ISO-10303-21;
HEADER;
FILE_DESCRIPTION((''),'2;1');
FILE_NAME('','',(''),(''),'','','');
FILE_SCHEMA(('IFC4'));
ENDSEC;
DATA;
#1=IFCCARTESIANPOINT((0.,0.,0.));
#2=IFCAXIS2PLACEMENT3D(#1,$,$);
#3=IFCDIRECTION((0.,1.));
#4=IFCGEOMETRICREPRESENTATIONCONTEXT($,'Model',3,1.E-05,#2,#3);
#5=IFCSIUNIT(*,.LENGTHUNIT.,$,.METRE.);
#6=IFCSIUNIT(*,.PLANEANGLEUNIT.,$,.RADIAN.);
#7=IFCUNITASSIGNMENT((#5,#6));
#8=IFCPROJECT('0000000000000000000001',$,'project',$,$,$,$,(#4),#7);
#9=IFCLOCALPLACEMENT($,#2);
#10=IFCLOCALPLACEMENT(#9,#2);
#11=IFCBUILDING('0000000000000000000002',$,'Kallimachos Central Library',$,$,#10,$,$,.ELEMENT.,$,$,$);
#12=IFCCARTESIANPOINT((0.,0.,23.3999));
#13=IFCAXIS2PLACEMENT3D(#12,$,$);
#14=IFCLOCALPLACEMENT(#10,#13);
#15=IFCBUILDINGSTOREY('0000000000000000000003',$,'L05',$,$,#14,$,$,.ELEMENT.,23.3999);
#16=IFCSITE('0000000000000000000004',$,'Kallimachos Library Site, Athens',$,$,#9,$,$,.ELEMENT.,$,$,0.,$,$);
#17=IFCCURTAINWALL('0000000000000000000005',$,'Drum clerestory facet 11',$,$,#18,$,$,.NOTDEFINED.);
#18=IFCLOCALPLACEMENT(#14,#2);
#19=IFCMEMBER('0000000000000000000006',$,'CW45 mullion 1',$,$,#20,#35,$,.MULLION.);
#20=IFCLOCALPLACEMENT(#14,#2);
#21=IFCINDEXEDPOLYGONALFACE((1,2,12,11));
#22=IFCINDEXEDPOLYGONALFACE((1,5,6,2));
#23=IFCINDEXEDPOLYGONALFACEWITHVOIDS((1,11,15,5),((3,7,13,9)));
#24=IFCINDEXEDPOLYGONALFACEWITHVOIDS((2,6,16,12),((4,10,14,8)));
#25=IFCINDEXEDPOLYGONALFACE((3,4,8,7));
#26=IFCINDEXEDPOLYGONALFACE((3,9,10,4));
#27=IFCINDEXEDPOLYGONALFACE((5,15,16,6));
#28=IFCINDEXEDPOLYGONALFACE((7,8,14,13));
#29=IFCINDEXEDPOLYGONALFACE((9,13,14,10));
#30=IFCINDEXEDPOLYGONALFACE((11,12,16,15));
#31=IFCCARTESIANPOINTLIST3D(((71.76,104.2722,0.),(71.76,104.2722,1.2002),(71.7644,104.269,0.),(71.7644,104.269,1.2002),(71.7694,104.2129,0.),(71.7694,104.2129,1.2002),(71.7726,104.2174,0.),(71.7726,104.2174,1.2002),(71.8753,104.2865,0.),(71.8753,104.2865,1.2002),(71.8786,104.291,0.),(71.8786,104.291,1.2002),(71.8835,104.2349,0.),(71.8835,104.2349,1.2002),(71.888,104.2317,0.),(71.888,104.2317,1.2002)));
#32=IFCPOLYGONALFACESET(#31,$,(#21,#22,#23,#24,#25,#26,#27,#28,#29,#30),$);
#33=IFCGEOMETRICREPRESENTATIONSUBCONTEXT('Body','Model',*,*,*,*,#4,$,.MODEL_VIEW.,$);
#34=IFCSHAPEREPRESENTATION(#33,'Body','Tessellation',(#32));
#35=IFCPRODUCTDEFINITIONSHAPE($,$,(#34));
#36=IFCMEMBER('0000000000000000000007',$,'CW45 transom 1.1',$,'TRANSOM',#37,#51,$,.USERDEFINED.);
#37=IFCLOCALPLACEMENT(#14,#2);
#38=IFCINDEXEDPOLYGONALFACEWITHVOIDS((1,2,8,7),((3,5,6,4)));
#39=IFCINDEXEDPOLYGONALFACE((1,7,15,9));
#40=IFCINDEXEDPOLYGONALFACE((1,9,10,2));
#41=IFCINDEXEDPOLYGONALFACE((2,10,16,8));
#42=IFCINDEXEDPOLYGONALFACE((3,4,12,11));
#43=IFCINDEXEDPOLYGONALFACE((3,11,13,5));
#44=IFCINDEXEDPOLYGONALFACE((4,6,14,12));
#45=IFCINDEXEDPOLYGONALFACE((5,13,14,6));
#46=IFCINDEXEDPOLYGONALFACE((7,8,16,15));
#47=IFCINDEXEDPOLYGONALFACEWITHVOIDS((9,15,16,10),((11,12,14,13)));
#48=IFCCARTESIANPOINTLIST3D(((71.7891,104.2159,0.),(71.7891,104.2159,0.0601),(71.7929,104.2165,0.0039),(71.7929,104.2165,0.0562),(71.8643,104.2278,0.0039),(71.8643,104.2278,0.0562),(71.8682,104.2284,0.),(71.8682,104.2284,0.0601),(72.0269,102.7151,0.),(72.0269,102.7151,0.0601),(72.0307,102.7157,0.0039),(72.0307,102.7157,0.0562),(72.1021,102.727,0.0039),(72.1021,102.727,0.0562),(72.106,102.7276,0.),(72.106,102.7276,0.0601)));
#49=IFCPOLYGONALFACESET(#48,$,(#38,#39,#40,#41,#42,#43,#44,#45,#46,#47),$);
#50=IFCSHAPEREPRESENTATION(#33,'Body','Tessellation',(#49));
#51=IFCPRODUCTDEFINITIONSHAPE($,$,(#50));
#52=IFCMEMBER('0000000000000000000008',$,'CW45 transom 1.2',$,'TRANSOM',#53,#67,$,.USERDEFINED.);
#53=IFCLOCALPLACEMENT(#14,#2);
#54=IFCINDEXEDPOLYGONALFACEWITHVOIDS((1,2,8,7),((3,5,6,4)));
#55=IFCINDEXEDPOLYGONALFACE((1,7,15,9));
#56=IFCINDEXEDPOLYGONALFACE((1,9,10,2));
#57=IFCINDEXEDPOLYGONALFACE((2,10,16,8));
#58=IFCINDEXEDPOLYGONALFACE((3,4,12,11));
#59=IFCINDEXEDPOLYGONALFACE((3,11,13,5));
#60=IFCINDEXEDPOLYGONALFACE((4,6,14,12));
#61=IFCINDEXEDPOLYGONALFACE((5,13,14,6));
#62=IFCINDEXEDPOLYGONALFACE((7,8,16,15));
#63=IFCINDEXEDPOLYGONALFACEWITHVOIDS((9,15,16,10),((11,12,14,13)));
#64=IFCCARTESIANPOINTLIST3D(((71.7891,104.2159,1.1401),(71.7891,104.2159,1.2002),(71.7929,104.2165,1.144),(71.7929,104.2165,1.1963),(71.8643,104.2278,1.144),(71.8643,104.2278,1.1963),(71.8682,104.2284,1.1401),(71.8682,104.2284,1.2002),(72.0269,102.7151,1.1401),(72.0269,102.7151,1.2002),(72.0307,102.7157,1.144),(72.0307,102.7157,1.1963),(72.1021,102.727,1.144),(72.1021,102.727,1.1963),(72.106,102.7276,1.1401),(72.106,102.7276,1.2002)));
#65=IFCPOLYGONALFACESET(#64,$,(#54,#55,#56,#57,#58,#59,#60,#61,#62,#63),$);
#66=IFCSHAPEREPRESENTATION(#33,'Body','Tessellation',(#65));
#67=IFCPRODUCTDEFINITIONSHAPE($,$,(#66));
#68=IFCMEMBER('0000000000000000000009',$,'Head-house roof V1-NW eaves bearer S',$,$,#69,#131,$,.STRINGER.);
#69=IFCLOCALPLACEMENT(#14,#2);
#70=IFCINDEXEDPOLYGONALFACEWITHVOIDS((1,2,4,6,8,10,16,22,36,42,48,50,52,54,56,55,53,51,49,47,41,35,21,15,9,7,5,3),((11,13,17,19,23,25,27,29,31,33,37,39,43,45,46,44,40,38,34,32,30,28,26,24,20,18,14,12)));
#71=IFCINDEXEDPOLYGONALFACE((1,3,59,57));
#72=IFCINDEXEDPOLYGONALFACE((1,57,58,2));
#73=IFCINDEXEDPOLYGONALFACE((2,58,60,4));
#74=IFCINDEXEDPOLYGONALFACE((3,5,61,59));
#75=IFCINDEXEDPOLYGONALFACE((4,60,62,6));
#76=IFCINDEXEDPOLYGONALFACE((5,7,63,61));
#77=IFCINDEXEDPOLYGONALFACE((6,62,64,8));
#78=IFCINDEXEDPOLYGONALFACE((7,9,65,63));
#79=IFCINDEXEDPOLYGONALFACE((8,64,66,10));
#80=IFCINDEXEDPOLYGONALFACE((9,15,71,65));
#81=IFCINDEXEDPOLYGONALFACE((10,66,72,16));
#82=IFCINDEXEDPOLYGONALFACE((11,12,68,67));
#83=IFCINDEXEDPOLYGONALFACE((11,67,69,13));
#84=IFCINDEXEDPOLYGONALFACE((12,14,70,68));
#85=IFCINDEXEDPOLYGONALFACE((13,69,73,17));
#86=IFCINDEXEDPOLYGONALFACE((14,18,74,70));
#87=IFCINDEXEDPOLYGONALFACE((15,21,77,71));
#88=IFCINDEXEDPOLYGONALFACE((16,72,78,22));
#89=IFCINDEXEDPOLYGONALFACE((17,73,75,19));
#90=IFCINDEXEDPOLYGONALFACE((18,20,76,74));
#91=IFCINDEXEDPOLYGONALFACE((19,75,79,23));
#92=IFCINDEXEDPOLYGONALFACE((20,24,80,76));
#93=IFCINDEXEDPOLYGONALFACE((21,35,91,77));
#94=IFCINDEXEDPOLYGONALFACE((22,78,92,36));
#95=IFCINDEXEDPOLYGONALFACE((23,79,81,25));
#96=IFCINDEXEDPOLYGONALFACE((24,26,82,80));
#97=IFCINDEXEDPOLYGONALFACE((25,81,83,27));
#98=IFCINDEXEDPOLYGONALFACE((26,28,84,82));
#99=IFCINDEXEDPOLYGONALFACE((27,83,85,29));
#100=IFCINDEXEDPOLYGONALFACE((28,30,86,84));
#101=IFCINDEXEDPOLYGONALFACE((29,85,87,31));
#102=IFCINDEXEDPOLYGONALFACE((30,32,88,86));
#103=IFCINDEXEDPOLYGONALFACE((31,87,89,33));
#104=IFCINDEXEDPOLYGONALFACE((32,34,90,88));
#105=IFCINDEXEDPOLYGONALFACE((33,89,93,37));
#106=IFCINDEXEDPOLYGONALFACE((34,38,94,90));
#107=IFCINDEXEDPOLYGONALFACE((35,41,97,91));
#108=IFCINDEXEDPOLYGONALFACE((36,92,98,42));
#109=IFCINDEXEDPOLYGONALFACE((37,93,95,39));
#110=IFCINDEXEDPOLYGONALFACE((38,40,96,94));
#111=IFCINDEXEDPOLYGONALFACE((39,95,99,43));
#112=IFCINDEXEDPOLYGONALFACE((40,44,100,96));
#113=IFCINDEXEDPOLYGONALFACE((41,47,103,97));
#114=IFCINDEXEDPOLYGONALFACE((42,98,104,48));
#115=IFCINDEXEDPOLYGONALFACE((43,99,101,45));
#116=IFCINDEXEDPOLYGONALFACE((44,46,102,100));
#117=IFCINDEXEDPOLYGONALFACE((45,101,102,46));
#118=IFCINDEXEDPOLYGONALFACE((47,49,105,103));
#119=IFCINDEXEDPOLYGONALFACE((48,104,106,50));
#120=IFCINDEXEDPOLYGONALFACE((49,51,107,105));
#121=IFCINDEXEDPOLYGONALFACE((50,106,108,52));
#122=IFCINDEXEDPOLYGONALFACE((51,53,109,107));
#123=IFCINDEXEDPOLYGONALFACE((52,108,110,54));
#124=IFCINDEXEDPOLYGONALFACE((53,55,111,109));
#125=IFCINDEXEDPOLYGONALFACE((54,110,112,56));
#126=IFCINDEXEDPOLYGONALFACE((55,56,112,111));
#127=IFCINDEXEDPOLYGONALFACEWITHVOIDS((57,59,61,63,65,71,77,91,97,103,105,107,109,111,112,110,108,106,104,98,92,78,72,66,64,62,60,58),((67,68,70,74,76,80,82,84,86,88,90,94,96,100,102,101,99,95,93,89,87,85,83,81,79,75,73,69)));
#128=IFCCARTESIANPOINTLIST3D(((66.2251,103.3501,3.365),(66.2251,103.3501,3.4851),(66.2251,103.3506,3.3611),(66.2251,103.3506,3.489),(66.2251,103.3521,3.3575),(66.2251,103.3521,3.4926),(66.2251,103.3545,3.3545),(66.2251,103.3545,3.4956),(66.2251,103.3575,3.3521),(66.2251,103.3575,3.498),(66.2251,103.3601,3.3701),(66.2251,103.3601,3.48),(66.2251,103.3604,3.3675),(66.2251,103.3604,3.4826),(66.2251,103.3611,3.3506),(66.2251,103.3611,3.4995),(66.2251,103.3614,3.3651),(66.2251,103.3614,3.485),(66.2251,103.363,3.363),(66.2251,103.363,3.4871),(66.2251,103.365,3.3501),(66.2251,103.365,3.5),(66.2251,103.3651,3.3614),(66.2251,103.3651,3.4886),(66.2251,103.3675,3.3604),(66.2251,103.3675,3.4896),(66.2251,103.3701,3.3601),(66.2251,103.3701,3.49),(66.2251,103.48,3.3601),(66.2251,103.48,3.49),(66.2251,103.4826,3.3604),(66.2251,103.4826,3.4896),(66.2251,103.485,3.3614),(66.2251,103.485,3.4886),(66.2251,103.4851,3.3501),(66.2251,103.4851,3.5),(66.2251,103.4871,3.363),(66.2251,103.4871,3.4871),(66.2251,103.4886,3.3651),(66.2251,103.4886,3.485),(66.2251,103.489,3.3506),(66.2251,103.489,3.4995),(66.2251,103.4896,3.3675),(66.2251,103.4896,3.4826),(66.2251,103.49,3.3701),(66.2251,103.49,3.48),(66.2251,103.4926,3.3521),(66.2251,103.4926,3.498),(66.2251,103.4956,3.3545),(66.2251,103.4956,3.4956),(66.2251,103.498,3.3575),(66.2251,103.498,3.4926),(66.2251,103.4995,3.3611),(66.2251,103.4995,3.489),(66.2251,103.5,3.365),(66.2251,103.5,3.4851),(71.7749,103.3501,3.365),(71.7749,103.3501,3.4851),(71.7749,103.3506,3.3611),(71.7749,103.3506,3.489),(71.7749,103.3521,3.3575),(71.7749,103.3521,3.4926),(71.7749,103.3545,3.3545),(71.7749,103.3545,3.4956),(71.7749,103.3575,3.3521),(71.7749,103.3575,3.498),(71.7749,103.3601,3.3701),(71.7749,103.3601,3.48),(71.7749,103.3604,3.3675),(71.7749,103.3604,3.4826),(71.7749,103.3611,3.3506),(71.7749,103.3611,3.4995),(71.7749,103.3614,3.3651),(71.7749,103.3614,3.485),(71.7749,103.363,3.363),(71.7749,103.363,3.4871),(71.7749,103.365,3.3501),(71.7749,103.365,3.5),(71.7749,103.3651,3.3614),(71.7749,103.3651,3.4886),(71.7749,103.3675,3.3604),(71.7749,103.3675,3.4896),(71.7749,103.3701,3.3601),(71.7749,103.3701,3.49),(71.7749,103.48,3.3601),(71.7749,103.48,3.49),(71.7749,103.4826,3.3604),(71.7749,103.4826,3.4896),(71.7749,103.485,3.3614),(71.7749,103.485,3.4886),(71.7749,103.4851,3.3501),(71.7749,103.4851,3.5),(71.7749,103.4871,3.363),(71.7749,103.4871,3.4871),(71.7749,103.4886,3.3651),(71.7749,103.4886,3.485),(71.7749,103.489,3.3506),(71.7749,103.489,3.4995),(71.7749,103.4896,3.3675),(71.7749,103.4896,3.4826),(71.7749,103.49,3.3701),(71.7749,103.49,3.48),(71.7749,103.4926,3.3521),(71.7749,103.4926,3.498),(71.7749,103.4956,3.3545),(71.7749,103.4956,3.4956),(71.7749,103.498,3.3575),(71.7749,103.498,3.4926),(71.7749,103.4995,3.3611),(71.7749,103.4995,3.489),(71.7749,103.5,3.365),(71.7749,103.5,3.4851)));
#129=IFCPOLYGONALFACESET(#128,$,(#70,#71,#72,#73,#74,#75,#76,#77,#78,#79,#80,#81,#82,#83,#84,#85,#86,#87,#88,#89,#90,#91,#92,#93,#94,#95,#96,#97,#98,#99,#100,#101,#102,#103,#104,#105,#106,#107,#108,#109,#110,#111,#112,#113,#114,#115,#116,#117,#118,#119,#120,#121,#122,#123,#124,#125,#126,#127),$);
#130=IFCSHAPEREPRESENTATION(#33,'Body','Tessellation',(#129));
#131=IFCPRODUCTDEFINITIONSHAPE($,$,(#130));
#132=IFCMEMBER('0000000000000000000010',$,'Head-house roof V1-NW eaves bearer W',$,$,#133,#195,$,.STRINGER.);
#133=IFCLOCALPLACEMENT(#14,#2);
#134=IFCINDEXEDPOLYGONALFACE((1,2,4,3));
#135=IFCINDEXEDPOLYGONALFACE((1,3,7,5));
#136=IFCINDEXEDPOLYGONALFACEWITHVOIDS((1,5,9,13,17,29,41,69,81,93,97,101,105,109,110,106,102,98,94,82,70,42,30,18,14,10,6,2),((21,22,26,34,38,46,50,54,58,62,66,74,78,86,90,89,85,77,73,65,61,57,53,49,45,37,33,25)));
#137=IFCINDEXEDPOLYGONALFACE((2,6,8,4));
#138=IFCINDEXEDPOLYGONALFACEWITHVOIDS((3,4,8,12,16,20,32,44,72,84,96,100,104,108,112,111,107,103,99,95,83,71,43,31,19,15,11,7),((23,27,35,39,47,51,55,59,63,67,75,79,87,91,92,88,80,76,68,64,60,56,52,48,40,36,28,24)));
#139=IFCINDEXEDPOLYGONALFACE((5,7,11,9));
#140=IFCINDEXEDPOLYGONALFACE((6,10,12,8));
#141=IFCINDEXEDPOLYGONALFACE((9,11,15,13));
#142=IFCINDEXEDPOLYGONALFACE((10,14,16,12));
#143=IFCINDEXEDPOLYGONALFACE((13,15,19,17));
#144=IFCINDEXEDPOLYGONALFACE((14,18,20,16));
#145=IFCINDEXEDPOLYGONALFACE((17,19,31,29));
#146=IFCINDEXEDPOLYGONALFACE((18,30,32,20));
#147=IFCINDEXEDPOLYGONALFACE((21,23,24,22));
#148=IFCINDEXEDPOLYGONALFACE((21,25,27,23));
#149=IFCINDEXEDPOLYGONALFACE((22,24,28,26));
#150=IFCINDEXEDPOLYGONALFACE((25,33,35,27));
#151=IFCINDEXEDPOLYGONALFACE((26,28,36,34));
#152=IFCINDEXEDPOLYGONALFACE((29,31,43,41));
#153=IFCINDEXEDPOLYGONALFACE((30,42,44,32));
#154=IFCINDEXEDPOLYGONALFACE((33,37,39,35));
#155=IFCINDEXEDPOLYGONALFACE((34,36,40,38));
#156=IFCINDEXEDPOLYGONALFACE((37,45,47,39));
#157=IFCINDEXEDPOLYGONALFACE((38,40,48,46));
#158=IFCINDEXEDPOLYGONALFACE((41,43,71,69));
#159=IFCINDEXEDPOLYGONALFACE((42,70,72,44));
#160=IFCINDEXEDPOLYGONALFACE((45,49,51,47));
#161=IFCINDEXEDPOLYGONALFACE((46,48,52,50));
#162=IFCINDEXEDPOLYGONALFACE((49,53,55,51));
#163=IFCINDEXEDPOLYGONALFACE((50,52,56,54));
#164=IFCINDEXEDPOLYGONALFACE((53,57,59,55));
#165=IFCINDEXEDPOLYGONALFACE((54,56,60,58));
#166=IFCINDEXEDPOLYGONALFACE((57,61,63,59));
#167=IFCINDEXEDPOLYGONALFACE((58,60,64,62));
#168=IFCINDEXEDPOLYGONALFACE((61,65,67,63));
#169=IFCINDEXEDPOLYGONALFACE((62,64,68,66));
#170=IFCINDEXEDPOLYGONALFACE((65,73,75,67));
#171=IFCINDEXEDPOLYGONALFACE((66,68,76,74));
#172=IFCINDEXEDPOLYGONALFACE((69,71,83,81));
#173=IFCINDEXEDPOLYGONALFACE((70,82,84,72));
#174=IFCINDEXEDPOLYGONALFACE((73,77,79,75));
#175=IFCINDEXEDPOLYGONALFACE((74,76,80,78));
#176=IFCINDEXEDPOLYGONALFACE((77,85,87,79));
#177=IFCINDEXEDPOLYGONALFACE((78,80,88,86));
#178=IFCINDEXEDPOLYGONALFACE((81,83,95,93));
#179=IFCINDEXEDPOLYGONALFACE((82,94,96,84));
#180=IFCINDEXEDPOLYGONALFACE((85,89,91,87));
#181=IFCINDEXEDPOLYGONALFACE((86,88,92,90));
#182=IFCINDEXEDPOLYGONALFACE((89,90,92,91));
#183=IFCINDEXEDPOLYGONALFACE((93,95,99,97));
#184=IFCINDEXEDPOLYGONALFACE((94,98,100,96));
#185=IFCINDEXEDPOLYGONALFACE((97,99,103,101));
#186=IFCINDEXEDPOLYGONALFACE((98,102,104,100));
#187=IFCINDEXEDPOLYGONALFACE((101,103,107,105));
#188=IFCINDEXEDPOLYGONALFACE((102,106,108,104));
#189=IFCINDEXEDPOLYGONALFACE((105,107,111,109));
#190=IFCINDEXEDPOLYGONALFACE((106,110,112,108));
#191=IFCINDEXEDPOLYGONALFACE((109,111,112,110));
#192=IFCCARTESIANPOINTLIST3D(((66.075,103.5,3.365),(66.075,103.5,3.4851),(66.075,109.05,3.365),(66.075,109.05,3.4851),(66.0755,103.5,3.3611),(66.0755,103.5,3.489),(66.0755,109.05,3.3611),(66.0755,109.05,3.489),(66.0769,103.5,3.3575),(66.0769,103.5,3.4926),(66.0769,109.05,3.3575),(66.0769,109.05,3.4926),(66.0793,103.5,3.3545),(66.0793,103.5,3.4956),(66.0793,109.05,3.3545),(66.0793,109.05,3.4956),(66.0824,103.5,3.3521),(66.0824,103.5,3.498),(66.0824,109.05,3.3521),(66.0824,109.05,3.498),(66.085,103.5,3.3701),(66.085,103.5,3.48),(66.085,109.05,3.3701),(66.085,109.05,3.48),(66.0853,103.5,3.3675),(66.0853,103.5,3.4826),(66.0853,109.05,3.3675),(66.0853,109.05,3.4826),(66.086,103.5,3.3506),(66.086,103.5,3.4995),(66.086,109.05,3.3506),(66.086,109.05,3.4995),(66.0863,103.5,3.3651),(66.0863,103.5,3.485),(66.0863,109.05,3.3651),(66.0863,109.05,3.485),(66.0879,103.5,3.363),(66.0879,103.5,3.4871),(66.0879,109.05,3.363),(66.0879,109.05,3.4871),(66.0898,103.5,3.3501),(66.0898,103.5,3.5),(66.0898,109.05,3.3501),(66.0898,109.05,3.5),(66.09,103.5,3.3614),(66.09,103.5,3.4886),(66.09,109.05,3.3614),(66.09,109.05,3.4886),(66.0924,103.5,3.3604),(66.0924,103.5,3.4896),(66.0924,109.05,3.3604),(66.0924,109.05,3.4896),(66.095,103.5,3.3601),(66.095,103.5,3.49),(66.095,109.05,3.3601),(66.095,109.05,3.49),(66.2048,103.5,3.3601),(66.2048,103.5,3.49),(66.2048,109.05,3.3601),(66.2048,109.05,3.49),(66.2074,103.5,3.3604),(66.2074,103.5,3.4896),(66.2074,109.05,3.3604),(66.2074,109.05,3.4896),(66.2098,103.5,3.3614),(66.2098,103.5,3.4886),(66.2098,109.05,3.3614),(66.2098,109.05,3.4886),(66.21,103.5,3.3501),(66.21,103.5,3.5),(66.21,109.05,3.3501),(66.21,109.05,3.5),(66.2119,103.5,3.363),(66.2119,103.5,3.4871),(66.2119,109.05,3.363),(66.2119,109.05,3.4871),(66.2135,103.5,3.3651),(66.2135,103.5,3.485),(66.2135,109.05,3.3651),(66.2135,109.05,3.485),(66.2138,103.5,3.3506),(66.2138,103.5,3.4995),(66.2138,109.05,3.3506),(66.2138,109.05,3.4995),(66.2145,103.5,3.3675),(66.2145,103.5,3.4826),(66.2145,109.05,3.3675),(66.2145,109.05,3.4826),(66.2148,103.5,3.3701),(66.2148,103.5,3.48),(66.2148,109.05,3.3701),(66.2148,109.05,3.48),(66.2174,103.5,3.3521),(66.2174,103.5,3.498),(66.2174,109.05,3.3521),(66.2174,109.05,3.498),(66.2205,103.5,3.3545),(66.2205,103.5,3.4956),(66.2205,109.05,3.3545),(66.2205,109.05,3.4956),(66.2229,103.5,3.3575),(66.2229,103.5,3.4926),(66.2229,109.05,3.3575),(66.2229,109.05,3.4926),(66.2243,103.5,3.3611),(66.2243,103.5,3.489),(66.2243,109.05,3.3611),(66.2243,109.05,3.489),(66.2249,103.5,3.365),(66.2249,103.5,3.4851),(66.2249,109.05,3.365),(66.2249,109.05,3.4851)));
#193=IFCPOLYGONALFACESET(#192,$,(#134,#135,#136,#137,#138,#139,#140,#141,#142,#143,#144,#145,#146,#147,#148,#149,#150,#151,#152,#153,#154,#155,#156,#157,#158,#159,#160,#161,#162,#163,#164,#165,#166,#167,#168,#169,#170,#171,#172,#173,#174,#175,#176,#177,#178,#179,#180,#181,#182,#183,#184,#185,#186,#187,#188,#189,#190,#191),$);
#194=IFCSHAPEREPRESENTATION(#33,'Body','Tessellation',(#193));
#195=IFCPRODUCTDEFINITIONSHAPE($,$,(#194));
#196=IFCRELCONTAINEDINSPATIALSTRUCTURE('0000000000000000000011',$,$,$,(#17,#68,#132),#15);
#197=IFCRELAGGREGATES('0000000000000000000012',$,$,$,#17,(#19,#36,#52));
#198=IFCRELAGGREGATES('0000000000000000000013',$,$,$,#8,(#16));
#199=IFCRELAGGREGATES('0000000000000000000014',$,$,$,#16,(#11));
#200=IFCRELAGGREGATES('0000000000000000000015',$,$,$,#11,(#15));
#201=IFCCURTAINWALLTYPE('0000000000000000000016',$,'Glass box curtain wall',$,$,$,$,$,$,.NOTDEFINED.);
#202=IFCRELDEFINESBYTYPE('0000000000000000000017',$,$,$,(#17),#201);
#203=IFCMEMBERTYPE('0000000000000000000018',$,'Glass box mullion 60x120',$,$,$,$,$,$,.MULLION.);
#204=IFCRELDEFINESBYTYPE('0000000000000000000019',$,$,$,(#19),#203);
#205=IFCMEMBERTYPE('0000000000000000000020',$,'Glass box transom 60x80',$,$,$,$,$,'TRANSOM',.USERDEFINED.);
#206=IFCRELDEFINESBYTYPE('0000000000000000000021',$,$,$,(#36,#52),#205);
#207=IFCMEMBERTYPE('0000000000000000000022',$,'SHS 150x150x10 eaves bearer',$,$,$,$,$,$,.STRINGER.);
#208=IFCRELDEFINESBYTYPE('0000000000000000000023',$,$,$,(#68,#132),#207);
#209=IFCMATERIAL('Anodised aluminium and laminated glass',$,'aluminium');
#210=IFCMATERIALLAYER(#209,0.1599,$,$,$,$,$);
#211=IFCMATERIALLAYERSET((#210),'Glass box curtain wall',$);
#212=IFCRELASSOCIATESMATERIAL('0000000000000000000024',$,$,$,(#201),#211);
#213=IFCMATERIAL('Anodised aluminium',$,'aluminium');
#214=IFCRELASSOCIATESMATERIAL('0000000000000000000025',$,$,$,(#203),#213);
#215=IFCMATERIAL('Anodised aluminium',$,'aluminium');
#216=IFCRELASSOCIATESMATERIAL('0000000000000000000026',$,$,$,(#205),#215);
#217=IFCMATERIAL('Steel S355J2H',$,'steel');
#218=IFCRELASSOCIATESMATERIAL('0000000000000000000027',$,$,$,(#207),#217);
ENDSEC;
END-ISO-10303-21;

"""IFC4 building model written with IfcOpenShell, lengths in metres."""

from ifc_helpers import new_model, si_unit, direction, frame, origin, origin_2d, place, context, subcontext, project, spatial, hollow_rectangle, extrude, material, layer, layer_set, material_profile, profile_set, type_object, element, aggregate, save


model = new_model("IFC4")

# Units and contexts
model_context = context("Model", 3, precision=1e-05, world=origin(), true_north=direction((0.0, 1.0)))
body_context = subcontext(model_context, "Body", "Model", "MODEL_VIEW")
ifc_project = project(units=[si_unit("LENGTHUNIT", "METRE"), si_unit("PLANEANGLEUNIT", "RADIAN")], contexts=[model_context])

# Site, building, storey
site_placement = place(None, origin())
site = spatial("IfcSite", under=ifc_project, at=site_placement, Name="Kallimachos Library Site, Athens", CompositionType="ELEMENT", RefElevation=0.0)
building_placement = place(site_placement, origin())
building = spatial("IfcBuilding", under=site, at=building_placement, Name="Kallimachos Central Library", CompositionType="ELEMENT")
storey_placement = place(building_placement, frame((0.0, 0.0, 23.3999)))
storey = spatial("IfcBuildingStorey", under=building, at=storey_placement, Name="L05", CompositionType="ELEMENT", Elevation=23.3999)

# Curtain wall, members
ifc_material_1 = material(Name="Anodised aluminium and laminated glass", Category="aluminium")
ifc_layer_1 = layer(ifc_material_1, 0.1599)
ifc_layer_set_1 = layer_set([ifc_layer_1], Name="Glass box curtain wall")
curtain_wall_type = type_object("IfcCurtainWallType", Name="Glass box curtain wall", PredefinedType="NOTDEFINED", material=ifc_layer_set_1)
curtain_wall_placement = place(storey_placement, origin())
curtain_wall = element("IfcCurtainWall", 1, at=curtain_wall_placement, inside=storey, type_object=curtain_wall_type, Name="Drum clerestory facet 11", PredefinedType="NOTDEFINED")
ifc_material_2 = material(Name="Anodised aluminium", Category="aluminium")
ifc_material_profile_1 = material_profile(ifc_material_2, hollow_rectangle(XDim=0.0601, YDim=0.1201, WallThickness=0.0039, at=origin_2d()), Name="ALU MULLION 60x120")
ifc_profile_set_1 = profile_set([ifc_material_profile_1], Name="Anodised aluminium")
member_type_1 = type_object("IfcMemberType", Name="Glass box mullion 60x120", PredefinedType="MULLION", material=ifc_profile_set_1)
member_1_placement = place(storey_placement, frame((71.824, 104.252, 0.0), z_axis=(0.0, 0.0, 1.0), x_axis=(0.156435, -0.987688, 0.0)))
member_1 = element("IfcMember", 2, at=member_1_placement, type_object=member_type_1, Name="CW45 mullion 1", PredefinedType="MULLION", context=body_context, shape_type="SweptSolid", body=[
    extrude(hollow_rectangle(XDim=0.0601, YDim=0.1201, WallThickness=0.0039, at=origin_2d()), origin(), (0.0, 0.0, 1.0), 1.2002),
])
ifc_material_3 = material(Name="Anodised aluminium", Category="aluminium")
ifc_material_profile_2 = material_profile(ifc_material_3, hollow_rectangle(XDim=0.0601, YDim=0.0801, WallThickness=0.0039, at=origin_2d()), Name="ALU TRANSOM 60x80")
ifc_profile_set_2 = profile_set([ifc_material_profile_2], Name="Anodised aluminium")
member_type_2 = type_object("IfcMemberType", Name="Glass box transom 60x80", ElementType="TRANSOM", PredefinedType="USERDEFINED", material=ifc_profile_set_2)
member_2_placement = place(storey_placement, frame((71.8286, 104.2222, 0.03), z_axis=(0.156499, -0.987678, 0.0), x_axis=(0.0, 0.0, 1.0)))
member_2 = element("IfcMember", 3, at=member_2_placement, type_object=member_type_2, Name="CW45 transom 1.1", ObjectType="TRANSOM", PredefinedType="USERDEFINED", context=body_context, shape_type="SweptSolid", body=[
    extrude(hollow_rectangle(XDim=0.0601, YDim=0.0801, WallThickness=0.0039, at=origin_2d()), origin(), (0.0, 0.0, 1.0), 1.5195),
])
member_3_placement = place(storey_placement, frame((71.8286, 104.2222, 1.1702), z_axis=(0.156499, -0.987678, 0.0), x_axis=(0.0, 0.0, 1.0)))
member_3 = element("IfcMember", 4, at=member_3_placement, type_object=member_type_2, Name="CW45 transom 1.2", ObjectType="TRANSOM", PredefinedType="USERDEFINED", context=body_context, shape_type="SweptSolid", body=[
    extrude(hollow_rectangle(XDim=0.0601, YDim=0.0801, WallThickness=0.0039, at=origin_2d()), origin(), (0.0, 0.0, 1.0), 1.5195),
])

# Members
ifc_material_4 = material(Name="Steel S355J2H", Category="steel")
ifc_material_profile_3 = material_profile(ifc_material_4, hollow_rectangle(XDim=0.1499, YDim=0.1499, WallThickness=0.01, InnerFilletRadius=0.01, OuterFilletRadius=0.0149, at=origin_2d()), Name="SHS 150x150x10")
ifc_profile_set_3 = profile_set([ifc_material_profile_3], Name="Steel S355J2H")
member_type_3 = type_object("IfcMemberType", Name="SHS 150x150x10 eaves bearer", PredefinedType="STRINGER", material=ifc_profile_set_3)
member_4_placement = place(storey_placement, frame((66.2251, 103.425, 3.425), z_axis=(1.0, 0.0, 0.0), x_axis=(0.0, 1.0, 0.0)))
element("IfcMember", 5, at=member_4_placement, inside=storey, type_object=member_type_3, Name="Head-house roof V1-NW eaves bearer S", PredefinedType="STRINGER", context=body_context, shape_type="SweptSolid", body=[
    extrude(hollow_rectangle(XDim=0.1499, YDim=0.1499, WallThickness=0.01, InnerFilletRadius=0.01, OuterFilletRadius=0.0149, at=origin_2d()), origin(), (0.0, 0.0, 1.0), 5.5498),
])
for number, where, z_axis, x_axis, name in (
    (6, (66.1499, 103.5, 3.425), (0.0, 1.0, 0.0), (-1.0, 0.0, 0.0), "Head-house roof V1-NW eaves bearer W"),
):
    element("IfcMember", number, at=place(storey_placement, frame(where, z_axis=z_axis, x_axis=x_axis)), inside=storey, type_object=member_type_3, Name=name, PredefinedType="STRINGER", context=body_context, shape_type="SweptSolid", body=[
        extrude(hollow_rectangle(XDim=0.1499, YDim=0.1499, WallThickness=0.01, InnerFilletRadius=0.01, OuterFilletRadius=0.0149, at=origin_2d()), origin(), (0.0, 0.0, 1.0), 5.55),
    ])

aggregate(curtain_wall, [member_1, member_2, member_3])

save(model, "model.ifc")
